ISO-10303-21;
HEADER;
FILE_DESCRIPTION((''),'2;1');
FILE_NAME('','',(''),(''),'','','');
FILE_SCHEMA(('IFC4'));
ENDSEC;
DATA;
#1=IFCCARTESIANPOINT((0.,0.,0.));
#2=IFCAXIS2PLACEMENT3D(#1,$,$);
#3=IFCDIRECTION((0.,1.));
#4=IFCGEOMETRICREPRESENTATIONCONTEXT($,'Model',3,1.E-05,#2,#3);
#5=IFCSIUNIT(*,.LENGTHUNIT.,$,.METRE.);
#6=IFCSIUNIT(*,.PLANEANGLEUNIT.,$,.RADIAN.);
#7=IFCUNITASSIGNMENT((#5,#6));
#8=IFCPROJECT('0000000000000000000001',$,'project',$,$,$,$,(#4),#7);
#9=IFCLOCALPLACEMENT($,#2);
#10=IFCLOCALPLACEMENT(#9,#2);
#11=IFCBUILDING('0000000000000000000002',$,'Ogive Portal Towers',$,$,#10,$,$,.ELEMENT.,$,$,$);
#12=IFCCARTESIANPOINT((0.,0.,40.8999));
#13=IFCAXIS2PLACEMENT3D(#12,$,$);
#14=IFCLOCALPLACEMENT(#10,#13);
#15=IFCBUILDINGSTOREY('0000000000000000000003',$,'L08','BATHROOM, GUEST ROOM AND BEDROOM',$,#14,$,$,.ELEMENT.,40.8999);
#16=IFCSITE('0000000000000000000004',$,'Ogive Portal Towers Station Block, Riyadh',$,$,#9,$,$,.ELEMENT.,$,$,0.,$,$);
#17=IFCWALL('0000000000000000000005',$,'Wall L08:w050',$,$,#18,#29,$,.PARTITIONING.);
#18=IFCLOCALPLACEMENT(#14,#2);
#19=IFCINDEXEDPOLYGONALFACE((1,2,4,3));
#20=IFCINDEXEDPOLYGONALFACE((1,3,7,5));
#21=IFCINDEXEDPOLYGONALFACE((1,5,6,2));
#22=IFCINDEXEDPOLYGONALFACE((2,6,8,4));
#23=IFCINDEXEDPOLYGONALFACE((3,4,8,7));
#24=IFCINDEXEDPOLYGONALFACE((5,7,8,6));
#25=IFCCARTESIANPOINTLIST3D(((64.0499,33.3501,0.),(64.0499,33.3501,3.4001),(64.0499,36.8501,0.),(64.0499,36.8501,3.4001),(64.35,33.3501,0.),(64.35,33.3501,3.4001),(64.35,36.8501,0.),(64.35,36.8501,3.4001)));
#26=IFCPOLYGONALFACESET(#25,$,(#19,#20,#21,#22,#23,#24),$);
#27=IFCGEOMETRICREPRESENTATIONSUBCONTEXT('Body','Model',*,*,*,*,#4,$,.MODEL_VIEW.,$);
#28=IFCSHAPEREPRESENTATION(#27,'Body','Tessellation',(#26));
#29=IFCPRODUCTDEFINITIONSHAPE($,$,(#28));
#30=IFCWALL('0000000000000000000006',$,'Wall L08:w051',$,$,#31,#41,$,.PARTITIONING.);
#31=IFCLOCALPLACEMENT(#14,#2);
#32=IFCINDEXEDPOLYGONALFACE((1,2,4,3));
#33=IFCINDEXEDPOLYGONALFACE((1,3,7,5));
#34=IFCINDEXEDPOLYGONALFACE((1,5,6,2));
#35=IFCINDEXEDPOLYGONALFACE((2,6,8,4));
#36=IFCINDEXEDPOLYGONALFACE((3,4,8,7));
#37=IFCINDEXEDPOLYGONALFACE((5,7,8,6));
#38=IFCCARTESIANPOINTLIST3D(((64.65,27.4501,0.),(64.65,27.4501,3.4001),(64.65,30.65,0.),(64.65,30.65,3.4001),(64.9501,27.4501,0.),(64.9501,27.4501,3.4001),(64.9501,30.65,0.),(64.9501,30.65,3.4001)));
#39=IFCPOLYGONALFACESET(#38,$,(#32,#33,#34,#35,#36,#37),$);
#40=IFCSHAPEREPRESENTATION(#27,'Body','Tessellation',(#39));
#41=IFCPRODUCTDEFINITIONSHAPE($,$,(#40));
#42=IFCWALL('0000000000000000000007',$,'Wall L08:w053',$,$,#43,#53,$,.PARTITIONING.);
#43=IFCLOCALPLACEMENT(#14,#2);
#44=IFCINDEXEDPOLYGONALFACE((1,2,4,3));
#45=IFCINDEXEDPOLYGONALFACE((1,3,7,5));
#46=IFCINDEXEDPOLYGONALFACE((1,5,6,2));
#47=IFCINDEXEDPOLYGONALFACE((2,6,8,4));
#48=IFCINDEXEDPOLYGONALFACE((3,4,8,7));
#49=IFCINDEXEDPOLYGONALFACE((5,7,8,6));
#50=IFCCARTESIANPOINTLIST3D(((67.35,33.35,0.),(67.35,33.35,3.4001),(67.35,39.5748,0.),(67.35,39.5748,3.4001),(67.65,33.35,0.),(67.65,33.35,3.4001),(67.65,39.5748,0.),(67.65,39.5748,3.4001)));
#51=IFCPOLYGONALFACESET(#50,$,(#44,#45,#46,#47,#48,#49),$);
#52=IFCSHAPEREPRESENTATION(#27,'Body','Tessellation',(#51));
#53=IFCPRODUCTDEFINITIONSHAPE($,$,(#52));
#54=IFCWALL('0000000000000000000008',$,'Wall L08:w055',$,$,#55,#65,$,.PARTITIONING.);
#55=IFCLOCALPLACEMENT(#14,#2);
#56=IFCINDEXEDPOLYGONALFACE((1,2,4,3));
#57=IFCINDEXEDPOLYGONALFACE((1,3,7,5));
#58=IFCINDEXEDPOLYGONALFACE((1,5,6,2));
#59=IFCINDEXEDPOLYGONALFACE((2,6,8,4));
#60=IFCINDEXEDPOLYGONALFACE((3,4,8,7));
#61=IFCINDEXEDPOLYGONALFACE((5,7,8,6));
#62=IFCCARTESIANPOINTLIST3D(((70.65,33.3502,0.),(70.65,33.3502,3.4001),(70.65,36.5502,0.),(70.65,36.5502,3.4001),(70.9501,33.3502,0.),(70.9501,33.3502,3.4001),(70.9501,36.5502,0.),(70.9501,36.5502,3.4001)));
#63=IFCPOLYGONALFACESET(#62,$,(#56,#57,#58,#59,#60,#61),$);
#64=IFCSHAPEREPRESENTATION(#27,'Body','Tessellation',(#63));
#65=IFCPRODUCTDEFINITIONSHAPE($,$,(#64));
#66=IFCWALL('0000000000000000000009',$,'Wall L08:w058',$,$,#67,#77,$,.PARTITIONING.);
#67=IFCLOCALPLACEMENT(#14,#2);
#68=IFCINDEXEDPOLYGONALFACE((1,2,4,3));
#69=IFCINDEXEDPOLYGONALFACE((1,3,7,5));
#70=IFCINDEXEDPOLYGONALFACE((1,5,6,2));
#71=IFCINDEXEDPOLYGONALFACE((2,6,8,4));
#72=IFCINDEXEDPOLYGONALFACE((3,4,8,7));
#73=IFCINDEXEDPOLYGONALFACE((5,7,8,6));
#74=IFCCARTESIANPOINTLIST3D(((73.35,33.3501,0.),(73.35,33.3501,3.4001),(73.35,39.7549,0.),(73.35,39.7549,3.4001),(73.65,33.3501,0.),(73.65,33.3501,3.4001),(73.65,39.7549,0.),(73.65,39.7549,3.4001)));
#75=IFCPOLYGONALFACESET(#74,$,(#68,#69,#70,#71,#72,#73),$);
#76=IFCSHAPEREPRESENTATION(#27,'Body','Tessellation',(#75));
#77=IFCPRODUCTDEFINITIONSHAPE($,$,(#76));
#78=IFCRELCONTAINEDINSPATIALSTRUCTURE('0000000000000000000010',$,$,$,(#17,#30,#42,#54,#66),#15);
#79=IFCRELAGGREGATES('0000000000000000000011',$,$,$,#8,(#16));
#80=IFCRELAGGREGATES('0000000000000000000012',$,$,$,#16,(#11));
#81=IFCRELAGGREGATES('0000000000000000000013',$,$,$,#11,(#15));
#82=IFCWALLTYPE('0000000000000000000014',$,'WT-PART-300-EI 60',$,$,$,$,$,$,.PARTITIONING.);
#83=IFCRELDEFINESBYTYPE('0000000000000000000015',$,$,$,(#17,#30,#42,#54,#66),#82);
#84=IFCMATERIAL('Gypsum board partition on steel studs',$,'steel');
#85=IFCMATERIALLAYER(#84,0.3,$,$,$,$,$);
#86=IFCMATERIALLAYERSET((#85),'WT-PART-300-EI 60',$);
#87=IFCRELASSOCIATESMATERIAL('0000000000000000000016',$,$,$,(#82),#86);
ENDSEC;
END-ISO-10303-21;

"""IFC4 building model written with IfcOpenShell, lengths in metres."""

from ifc_helpers import new_model, si_unit, direction, frame, frame_2d, origin, place, context, subcontext, project, spatial, rectangle, extrude, material, layer, layer_set, type_object, element, save


model = new_model("IFC4")

# Units and contexts
model_context = context("Model", 3, precision=1e-05, world=origin(), true_north=direction((0.0, 1.0)))
body_context = subcontext(model_context, "Body", "Model", "MODEL_VIEW")
ifc_project = project(units=[si_unit("LENGTHUNIT", "METRE"), si_unit("PLANEANGLEUNIT", "RADIAN")], contexts=[model_context])

# Site, building, storey
site_placement = place(None, origin())
site = spatial("IfcSite", under=ifc_project, at=site_placement, Name="Ogive Portal Towers Station Block, Riyadh", CompositionType="ELEMENT", RefElevation=0.0)
building_placement = place(site_placement, origin())
building = spatial("IfcBuilding", under=site, at=building_placement, Name="Ogive Portal Towers", CompositionType="ELEMENT")
storey_placement = place(building_placement, frame((0.0, 0.0, 40.8999)))
storey = spatial("IfcBuildingStorey", under=building, at=storey_placement, Name="L08", Description="BATHROOM, GUEST ROOM AND BEDROOM", CompositionType="ELEMENT", Elevation=40.8999)

# Shared definitions
ifc_material_1 = material(Name="Gypsum board partition on steel studs", Category="steel")
ifc_layer_1 = layer(ifc_material_1, 0.3)
ifc_layer_set_1 = layer_set([ifc_layer_1], Name="WT-PART-300-EI 60")
wall_type = type_object("IfcWallType", Name="WT-PART-300-EI 60", PredefinedType="PARTITIONING", material=ifc_layer_set_1)

# Walls
wall_1_placement = place(storey_placement, frame((64.2, 33.3501, 0.0), z_axis=(0.0, 0.0, 1.0), x_axis=(0.0, 1.0, 0.0)))
element("IfcWall", 1, at=wall_1_placement, inside=storey, type_object=wall_type, Name="Wall L08:w050", PredefinedType="PARTITIONING", context=body_context, shape_type="SweptSolid", body=[
    extrude(rectangle(XDim=3.5, YDim=0.3, at=frame_2d((1.75, 0.0))), origin(), (0.0, 0.0, 1.0), 3.4001),
])
wall_2_placement = place(storey_placement, frame((64.8, 27.45, 0.0), z_axis=(0.0, 0.0, 1.0), x_axis=(0.0, 1.0, 0.0)))
element("IfcWall", 2, at=wall_2_placement, inside=storey, type_object=wall_type, Name="Wall L08:w051", PredefinedType="PARTITIONING", context=body_context, shape_type="SweptSolid", body=[
    extrude(rectangle(XDim=3.2, YDim=0.3, at=frame_2d((1.6001, 0.0))), origin(), (0.0, 0.0, 1.0), 3.4001),
])
wall_3_placement = place(storey_placement, frame((67.5, 33.3501, 0.0), z_axis=(0.0, 0.0, 1.0), x_axis=(0.0, 1.0, 0.0)))
element("IfcWall", 3, at=wall_3_placement, inside=storey, type_object=wall_type, Name="Wall L08:w053", PredefinedType="PARTITIONING", context=body_context, shape_type="SweptSolid", body=[
    extrude(rectangle(XDim=6.2249, YDim=0.3, at=frame_2d((3.1123, 0.0))), origin(), (0.0, 0.0, 1.0), 3.4001),
])
wall_4_placement = place(storey_placement, frame((70.8, 33.3501, 0.0), z_axis=(0.0, 0.0, 1.0), x_axis=(0.0, 1.0, 0.0)))
element("IfcWall", 4, at=wall_4_placement, inside=storey, type_object=wall_type, Name="Wall L08:w055", PredefinedType="PARTITIONING", context=body_context, shape_type="SweptSolid", body=[
    extrude(rectangle(XDim=3.2, YDim=0.3, at=frame_2d((1.6001, 0.0))), origin(), (0.0, 0.0, 1.0), 3.4001),
])
wall_5_placement = place(storey_placement, frame((73.5, 33.3501, 0.0), z_axis=(0.0, 0.0, 1.0), x_axis=(0.0, 1.0, 0.0)))
element("IfcWall", 5, at=wall_5_placement, inside=storey, type_object=wall_type, Name="Wall L08:w058", PredefinedType="PARTITIONING", context=body_context, shape_type="SweptSolid", body=[
    extrude(rectangle(XDim=6.4048, YDim=0.3, at=frame_2d((3.2024, 0.0))), origin(), (0.0, 0.0, 1.0), 3.4001),
])

save(model, "model.ifc")
